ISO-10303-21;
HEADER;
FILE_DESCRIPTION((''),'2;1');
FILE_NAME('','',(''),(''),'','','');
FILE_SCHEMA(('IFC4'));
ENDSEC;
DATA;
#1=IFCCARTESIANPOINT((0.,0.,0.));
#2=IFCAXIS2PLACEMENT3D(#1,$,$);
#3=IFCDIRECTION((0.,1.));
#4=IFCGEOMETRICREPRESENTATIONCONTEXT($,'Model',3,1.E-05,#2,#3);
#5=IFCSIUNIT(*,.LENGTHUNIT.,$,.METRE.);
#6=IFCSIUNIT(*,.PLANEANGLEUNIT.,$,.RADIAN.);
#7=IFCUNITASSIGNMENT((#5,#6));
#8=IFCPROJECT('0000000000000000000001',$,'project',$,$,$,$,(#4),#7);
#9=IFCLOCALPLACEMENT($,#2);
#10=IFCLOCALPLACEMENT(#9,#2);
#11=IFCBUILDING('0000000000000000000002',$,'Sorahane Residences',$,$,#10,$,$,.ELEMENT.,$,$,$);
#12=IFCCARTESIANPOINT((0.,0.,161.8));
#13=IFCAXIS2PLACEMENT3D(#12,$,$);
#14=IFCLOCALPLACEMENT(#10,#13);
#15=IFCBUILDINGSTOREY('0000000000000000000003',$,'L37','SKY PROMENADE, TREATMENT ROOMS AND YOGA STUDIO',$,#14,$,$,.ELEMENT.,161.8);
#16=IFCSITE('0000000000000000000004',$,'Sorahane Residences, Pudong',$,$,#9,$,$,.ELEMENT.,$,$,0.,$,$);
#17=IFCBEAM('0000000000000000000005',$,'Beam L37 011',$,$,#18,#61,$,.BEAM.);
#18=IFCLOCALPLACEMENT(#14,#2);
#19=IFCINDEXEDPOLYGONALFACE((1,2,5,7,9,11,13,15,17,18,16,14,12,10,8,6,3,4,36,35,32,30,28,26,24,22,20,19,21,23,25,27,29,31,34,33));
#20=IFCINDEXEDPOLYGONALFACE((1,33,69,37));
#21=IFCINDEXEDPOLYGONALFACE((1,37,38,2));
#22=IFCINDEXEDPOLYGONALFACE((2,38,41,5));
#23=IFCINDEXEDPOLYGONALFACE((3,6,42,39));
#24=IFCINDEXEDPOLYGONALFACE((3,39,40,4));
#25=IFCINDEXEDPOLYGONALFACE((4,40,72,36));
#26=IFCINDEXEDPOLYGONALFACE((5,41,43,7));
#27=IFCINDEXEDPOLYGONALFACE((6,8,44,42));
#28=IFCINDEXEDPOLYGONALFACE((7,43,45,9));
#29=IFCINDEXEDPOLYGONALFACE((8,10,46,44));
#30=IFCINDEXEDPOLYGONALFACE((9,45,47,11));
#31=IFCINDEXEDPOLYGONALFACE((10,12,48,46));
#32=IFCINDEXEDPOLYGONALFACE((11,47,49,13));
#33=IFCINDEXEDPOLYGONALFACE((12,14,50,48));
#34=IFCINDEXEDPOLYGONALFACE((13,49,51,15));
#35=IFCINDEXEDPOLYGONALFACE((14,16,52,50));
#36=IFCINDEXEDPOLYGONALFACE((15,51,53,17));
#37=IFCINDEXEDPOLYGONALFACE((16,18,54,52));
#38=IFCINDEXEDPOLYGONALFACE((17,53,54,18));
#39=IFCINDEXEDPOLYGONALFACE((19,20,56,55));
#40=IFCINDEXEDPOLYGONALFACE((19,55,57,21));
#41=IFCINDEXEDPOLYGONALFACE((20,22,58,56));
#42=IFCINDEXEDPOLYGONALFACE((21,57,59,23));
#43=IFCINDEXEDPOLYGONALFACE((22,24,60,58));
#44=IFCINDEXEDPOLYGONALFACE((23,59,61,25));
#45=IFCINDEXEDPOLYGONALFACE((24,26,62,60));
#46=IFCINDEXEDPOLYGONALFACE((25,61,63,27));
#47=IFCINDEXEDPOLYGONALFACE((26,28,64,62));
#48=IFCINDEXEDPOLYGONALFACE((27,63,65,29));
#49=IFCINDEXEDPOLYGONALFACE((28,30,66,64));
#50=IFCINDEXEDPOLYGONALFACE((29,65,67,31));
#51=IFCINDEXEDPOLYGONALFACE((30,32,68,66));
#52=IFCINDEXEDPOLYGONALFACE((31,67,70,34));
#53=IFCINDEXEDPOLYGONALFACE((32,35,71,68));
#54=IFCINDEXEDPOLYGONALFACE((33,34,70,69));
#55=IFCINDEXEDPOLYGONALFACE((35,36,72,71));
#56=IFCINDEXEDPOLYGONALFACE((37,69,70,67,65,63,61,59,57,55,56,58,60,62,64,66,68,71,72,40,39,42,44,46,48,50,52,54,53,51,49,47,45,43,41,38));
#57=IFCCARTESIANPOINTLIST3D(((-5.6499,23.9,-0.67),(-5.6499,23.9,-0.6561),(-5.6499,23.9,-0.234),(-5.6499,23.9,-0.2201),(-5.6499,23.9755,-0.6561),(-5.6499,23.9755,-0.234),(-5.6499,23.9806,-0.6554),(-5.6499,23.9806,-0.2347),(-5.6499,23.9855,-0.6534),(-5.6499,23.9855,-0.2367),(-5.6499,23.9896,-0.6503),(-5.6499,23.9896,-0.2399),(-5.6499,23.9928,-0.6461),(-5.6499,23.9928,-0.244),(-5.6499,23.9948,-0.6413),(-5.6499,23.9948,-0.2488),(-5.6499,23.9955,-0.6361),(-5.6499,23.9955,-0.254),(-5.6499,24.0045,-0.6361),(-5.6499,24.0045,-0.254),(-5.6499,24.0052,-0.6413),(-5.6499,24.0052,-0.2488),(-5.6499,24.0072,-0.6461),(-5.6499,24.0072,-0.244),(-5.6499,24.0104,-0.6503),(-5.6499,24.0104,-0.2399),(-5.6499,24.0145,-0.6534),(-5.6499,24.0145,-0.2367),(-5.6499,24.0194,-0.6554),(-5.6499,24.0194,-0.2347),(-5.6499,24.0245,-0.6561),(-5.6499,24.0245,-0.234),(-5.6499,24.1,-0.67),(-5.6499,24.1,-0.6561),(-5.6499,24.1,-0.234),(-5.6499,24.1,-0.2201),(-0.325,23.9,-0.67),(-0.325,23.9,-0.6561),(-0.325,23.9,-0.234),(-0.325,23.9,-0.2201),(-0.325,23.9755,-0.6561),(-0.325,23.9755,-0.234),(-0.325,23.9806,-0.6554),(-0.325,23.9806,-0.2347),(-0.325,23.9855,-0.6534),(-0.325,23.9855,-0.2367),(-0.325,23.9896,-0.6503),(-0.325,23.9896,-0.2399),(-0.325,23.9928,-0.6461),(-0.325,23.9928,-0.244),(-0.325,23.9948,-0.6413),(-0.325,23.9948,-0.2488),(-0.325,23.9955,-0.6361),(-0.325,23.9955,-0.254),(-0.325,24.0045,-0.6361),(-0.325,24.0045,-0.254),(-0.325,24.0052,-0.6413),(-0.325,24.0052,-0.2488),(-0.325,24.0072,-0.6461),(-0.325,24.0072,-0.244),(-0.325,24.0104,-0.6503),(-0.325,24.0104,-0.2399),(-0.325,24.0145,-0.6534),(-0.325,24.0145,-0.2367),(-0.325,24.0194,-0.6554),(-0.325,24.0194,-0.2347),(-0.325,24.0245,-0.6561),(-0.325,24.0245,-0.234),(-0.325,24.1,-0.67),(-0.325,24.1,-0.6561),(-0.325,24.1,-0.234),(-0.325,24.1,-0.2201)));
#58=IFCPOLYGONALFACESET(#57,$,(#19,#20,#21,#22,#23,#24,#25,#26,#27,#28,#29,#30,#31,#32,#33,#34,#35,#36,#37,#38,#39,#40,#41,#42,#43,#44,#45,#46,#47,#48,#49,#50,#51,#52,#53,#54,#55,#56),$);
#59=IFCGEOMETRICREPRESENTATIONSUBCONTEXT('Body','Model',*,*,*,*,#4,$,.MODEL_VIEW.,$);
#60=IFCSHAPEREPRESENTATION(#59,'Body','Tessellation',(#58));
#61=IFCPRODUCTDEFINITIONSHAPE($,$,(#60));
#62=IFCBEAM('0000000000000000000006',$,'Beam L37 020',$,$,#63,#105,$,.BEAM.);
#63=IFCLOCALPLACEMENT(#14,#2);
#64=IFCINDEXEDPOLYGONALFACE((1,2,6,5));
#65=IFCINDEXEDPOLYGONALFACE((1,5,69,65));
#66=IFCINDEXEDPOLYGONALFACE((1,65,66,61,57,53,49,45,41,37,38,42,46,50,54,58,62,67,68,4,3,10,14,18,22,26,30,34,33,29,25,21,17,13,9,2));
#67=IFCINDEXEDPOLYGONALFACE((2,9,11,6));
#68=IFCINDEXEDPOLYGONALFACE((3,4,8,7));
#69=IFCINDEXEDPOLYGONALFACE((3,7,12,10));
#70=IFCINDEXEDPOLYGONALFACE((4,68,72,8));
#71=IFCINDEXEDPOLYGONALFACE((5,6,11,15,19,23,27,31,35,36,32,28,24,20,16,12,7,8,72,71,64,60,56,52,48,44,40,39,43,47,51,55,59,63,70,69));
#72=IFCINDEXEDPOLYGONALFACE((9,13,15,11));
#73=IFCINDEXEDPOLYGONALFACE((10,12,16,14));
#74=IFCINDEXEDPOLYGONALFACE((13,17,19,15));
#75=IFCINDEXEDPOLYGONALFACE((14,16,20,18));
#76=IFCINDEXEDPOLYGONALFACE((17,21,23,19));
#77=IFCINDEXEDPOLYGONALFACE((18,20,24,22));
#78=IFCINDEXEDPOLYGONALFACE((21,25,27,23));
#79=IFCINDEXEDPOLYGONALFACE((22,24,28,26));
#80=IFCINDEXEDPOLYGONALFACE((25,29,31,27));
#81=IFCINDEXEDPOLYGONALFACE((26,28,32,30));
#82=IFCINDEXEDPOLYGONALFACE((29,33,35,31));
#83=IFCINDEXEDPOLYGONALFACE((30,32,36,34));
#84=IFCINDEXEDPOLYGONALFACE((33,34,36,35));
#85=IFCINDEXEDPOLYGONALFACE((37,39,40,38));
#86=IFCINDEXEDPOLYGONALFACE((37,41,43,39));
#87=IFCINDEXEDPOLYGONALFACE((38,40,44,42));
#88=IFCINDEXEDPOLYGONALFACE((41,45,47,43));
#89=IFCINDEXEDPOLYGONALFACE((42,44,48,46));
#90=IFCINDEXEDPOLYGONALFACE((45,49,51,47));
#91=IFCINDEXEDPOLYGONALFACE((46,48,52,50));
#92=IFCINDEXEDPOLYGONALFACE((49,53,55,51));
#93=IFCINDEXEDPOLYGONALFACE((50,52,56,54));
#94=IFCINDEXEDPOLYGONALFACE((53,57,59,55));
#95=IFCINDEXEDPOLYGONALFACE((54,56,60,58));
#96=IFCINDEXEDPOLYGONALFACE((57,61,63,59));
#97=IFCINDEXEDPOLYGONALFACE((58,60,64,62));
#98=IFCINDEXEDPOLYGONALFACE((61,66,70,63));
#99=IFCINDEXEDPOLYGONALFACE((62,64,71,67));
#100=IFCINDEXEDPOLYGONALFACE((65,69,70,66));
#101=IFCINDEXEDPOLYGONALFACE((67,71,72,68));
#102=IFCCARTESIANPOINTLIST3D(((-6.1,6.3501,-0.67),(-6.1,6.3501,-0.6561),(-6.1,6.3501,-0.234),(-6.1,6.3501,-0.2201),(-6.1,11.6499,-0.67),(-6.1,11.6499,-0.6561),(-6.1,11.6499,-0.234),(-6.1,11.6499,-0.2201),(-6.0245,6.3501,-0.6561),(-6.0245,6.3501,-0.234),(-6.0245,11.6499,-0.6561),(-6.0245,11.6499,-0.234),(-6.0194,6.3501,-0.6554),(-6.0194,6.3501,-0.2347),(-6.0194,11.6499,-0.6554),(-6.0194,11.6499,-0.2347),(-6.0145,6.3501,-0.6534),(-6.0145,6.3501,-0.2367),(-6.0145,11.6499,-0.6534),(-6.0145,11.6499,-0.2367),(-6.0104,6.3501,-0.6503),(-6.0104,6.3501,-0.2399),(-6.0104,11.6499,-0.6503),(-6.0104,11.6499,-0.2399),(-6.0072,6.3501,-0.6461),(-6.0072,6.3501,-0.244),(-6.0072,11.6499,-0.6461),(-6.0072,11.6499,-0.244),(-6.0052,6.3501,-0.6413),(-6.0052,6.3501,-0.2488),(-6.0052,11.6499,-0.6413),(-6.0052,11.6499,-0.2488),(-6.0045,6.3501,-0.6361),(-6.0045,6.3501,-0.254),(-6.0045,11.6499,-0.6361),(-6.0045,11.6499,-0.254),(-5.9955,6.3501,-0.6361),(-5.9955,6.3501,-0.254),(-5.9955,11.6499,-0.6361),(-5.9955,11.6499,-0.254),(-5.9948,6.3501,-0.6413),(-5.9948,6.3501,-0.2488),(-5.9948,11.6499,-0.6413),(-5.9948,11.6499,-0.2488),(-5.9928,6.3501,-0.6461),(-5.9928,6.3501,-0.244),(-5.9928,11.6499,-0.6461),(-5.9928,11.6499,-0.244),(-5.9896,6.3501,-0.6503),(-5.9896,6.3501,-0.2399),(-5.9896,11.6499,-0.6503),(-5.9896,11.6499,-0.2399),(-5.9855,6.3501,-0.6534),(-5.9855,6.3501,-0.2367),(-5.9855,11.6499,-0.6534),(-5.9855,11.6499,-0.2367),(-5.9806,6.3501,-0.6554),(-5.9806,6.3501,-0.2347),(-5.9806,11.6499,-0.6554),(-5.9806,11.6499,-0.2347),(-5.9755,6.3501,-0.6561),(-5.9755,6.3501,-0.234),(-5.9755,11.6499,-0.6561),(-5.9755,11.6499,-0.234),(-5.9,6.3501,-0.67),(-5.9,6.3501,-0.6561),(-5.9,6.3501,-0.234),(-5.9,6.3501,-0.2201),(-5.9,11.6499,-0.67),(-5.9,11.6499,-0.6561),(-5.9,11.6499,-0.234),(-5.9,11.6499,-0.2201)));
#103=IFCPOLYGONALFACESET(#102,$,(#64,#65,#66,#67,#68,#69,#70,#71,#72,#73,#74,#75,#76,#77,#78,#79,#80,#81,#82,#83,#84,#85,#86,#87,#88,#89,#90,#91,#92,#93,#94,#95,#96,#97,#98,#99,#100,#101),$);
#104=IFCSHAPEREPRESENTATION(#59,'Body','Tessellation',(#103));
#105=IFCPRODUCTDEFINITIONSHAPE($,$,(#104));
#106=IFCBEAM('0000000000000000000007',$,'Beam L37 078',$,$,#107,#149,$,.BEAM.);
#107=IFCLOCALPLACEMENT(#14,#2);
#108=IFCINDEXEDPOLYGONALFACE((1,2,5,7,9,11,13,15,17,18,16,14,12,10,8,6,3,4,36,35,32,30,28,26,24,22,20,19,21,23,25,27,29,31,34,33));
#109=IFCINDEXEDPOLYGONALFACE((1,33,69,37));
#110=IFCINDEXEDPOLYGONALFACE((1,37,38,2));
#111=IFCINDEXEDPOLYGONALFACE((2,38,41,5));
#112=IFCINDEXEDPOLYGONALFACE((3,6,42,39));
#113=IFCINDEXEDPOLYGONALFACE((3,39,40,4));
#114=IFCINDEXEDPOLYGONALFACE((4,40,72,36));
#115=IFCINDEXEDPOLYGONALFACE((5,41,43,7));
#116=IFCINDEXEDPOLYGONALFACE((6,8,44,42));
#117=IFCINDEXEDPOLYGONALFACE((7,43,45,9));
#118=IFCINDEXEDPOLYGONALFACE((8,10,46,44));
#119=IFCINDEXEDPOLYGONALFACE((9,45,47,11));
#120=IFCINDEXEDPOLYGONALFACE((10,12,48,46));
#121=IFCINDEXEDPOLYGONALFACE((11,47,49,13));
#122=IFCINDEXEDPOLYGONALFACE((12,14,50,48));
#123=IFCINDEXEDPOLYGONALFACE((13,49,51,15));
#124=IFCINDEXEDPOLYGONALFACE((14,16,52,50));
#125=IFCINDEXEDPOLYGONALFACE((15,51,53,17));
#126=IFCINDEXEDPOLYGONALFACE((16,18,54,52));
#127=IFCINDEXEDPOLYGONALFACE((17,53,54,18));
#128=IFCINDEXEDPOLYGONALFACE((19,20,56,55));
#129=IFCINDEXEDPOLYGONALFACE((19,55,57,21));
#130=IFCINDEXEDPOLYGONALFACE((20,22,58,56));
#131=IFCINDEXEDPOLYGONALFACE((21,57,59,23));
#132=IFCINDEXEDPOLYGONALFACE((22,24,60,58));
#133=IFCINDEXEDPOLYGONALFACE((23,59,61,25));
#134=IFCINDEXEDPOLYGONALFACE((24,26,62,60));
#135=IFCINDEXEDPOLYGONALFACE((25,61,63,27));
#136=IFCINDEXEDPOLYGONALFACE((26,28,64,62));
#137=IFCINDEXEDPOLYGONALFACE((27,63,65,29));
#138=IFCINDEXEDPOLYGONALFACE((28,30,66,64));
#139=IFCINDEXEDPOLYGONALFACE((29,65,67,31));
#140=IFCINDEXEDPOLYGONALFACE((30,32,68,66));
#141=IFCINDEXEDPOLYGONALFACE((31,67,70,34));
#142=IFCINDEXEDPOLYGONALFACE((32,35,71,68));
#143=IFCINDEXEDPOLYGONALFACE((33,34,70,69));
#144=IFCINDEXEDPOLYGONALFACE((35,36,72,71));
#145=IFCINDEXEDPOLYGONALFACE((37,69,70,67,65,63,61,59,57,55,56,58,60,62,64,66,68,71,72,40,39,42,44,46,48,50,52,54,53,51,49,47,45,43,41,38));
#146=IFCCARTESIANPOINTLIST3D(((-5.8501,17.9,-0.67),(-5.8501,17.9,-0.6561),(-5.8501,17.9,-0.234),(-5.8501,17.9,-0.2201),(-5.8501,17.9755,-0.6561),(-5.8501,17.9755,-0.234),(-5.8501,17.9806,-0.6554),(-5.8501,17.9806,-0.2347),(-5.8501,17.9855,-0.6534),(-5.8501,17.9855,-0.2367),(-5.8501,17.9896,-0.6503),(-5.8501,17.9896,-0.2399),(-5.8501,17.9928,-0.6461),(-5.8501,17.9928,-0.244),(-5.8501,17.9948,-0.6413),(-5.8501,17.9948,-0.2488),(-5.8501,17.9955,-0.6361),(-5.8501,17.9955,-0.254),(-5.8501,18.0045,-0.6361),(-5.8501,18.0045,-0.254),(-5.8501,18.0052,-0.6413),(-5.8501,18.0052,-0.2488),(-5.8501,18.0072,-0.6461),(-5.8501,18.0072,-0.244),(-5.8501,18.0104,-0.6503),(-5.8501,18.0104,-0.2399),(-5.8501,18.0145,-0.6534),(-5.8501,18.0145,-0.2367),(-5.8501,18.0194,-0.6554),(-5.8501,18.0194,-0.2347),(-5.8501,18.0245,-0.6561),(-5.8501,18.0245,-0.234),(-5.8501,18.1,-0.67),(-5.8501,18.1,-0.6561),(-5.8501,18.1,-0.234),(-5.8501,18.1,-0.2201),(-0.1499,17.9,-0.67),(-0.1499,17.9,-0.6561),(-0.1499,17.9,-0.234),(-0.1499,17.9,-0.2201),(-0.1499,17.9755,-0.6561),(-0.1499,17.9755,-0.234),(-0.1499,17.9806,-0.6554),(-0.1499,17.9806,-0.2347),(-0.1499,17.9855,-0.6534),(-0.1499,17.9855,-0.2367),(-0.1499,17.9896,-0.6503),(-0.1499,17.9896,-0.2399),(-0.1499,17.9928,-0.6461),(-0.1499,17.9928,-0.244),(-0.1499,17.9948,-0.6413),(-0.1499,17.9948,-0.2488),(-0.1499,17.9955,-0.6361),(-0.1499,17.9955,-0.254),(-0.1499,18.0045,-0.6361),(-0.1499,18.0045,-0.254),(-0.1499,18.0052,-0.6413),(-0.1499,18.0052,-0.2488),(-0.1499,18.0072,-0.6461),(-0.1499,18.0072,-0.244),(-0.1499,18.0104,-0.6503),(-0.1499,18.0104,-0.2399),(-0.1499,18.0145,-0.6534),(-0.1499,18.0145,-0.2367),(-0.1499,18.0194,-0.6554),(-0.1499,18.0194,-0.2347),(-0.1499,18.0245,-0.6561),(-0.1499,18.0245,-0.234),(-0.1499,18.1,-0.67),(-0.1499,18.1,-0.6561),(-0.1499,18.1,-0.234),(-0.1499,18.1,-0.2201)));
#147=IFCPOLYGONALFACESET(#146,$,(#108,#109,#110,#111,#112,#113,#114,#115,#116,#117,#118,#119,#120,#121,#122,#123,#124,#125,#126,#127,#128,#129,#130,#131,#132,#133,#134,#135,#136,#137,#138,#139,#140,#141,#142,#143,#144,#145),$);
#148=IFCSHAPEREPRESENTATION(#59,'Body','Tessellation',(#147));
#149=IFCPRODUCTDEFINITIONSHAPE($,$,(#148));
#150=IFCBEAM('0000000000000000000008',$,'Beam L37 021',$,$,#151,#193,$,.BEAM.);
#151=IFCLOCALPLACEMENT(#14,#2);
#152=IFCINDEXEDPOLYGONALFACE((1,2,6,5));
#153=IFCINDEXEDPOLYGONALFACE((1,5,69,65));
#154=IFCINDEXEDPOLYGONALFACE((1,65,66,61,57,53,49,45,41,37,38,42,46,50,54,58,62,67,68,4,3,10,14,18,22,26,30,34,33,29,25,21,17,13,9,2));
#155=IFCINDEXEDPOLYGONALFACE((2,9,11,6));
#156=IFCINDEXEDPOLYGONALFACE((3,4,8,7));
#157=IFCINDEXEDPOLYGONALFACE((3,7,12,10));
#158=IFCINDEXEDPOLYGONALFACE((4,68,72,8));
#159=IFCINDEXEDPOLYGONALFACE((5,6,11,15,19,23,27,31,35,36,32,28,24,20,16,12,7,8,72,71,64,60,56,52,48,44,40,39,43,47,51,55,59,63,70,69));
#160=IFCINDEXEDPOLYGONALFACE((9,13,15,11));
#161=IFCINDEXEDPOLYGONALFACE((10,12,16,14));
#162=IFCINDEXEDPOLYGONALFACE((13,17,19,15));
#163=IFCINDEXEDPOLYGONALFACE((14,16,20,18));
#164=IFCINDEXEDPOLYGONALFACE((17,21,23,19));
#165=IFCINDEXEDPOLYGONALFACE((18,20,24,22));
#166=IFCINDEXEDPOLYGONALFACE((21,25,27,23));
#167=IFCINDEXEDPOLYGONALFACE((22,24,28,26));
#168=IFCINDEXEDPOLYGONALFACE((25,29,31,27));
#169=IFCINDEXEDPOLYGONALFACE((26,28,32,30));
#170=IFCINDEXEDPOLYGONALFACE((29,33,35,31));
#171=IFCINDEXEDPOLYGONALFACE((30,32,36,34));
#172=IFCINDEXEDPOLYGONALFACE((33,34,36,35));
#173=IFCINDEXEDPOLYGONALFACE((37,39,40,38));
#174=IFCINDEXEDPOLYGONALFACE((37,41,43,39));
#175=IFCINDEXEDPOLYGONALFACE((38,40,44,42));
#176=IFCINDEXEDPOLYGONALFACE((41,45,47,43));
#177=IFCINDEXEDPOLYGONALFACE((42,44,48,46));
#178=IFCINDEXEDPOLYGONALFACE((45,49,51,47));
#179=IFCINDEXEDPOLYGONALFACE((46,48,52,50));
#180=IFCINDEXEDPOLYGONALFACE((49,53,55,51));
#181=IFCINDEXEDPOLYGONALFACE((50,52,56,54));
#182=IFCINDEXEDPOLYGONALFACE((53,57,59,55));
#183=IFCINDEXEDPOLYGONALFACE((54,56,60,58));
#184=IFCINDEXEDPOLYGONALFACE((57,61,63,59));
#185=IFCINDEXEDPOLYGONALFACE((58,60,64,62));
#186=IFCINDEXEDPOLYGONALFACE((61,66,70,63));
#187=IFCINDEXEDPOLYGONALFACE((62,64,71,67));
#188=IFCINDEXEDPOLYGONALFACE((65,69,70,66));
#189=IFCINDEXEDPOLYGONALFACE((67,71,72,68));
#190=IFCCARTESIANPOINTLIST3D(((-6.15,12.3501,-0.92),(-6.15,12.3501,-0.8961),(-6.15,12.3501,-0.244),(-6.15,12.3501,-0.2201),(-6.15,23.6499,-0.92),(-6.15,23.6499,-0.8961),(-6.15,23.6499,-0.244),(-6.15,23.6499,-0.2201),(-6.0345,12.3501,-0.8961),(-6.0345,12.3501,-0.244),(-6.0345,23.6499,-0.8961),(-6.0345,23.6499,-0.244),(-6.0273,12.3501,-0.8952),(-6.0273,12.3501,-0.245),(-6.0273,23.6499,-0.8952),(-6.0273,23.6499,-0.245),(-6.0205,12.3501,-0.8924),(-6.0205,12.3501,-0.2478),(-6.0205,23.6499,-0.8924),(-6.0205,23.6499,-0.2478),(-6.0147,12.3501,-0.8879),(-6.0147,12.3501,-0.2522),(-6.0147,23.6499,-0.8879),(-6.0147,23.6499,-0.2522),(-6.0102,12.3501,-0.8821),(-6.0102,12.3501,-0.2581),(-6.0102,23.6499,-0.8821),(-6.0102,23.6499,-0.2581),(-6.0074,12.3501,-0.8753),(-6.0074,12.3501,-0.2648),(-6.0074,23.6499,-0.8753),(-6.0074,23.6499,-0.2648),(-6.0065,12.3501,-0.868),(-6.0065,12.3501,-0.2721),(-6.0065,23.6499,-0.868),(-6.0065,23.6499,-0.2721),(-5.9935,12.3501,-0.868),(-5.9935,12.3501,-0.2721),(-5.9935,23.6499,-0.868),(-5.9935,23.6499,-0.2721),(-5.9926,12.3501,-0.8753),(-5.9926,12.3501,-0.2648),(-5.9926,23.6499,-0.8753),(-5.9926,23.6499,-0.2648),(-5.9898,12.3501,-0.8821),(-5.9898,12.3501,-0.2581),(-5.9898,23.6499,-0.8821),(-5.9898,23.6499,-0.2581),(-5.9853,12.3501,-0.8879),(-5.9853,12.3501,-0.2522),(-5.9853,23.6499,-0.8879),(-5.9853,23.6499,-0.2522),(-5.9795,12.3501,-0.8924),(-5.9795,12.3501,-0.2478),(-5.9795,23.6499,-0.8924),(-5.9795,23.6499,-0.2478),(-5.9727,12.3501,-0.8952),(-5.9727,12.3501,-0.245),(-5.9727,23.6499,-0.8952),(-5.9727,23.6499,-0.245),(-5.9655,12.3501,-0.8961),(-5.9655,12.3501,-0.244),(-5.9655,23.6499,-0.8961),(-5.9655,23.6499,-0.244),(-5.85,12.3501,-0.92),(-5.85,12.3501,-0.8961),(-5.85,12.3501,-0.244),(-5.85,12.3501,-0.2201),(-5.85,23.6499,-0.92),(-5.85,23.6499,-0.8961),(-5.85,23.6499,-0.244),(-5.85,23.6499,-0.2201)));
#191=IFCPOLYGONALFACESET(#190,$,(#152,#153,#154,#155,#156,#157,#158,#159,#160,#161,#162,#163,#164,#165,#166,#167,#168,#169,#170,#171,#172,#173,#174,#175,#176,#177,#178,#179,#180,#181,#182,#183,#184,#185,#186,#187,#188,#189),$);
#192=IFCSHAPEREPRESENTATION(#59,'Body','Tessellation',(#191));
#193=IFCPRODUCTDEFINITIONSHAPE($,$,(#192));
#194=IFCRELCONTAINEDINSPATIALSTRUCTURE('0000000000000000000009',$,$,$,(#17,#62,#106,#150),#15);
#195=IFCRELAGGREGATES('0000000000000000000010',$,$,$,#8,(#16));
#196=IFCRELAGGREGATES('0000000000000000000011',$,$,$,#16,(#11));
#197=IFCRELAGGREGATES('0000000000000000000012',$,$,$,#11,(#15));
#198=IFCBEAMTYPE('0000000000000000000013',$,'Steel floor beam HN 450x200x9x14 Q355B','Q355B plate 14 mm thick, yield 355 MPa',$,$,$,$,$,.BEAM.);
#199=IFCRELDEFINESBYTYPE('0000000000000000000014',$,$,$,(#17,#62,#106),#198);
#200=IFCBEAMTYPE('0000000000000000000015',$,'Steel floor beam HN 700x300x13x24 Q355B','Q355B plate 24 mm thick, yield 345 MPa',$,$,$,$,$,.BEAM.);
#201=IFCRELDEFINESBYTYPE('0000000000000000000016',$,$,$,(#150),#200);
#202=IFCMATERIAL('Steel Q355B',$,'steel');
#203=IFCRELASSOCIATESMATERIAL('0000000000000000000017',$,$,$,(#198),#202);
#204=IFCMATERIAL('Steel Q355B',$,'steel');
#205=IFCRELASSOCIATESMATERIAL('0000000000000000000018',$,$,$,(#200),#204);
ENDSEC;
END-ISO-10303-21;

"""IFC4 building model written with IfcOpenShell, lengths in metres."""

from ifc_helpers import new_model, si_unit, direction, frame, origin, origin_2d, place, context, subcontext, project, spatial, i_section, extrude, material, material_profile, profile_set, type_object, element, save


model = new_model("IFC4")

# Units and contexts
model_context = context("Model", 3, precision=1e-05, world=origin(), true_north=direction((0.0, 1.0)))
body_context = subcontext(model_context, "Body", "Model", "MODEL_VIEW")
ifc_project = project(units=[si_unit("LENGTHUNIT", "METRE"), si_unit("PLANEANGLEUNIT", "RADIAN")], contexts=[model_context])

# Site, building, storey
site_placement = place(None, origin())
site = spatial("IfcSite", under=ifc_project, at=site_placement, Name="Sorahane Residences, Pudong", CompositionType="ELEMENT", RefElevation=0.0)
building_placement = place(site_placement, origin())
building = spatial("IfcBuilding", under=site, at=building_placement, Name="Sorahane Residences", CompositionType="ELEMENT")
storey_placement = place(building_placement, frame((0.0, 0.0, 161.8)))
storey = spatial("IfcBuildingStorey", under=building, at=storey_placement, Name="L37", Description="SKY PROMENADE, TREATMENT ROOMS AND YOGA STUDIO", CompositionType="ELEMENT", Elevation=161.8)

# Beams
ifc_material_1 = material(Name="Steel Q355B", Category="steel")
ifc_material_profile_1 = material_profile(ifc_material_1, i_section(OverallWidth=0.2, OverallDepth=0.45, WebThickness=0.009, FlangeThickness=0.0139, FilletRadius=0.02, at=origin_2d()), Name="HN 450x200x9x14")
ifc_profile_set_1 = profile_set([ifc_material_profile_1], Name="Steel Q355B")
beam_type_1 = type_object("IfcBeamType", Name="Steel floor beam HN 450x200x9x14 Q355B", Description="Q355B plate 14 mm thick, yield 355 MPa", PredefinedType="BEAM", material=ifc_profile_set_1)
for number, where, z_axis, x_axis, name in (
    (1, (-5.6499, 24.0, -0.4451), (1.0, 0.0, 0.0), (0.0, 1.0, 0.0), "Beam L37 011"),
):
    element("IfcBeam", number, at=place(storey_placement, frame(where, z_axis=z_axis, x_axis=x_axis)), inside=storey, type_object=beam_type_1, Name=name, PredefinedType="BEAM", context=body_context, shape_type="SweptSolid", body=[
        extrude(i_section(OverallWidth=0.2, OverallDepth=0.45, WebThickness=0.009, FlangeThickness=0.0139, FilletRadius=0.02, at=origin_2d()), origin(), (0.0, 0.0, 1.0), 5.325),
    ])
beam_1_placement = place(storey_placement, frame((-6.0, 6.3501, -0.4451), z_axis=(0.0, 1.0, 0.0), x_axis=(-1.0, 0.0, 0.0)))
element("IfcBeam", 2, at=beam_1_placement, inside=storey, type_object=beam_type_1, Name="Beam L37 020", PredefinedType="BEAM", context=body_context, shape_type="SweptSolid", body=[
    extrude(i_section(OverallWidth=0.2, OverallDepth=0.45, WebThickness=0.009, FlangeThickness=0.0139, FilletRadius=0.02, at=origin_2d()), origin(), (0.0, 0.0, 1.0), 5.2998),
])
beam_2_placement = place(storey_placement, frame((-5.8501, 18.0, -0.4451), z_axis=(1.0, 0.0, 0.0), x_axis=(0.0, 1.0, 0.0)))
element("IfcBeam", 3, at=beam_2_placement, inside=storey, type_object=beam_type_1, Name="Beam L37 078", PredefinedType="BEAM", context=body_context, shape_type="SweptSolid", body=[
    extrude(i_section(OverallWidth=0.2, OverallDepth=0.45, WebThickness=0.009, FlangeThickness=0.0139, FilletRadius=0.02, at=origin_2d()), origin(), (0.0, 0.0, 1.0), 5.7002),
])
ifc_material_2 = material(Name="Steel Q355B", Category="steel")
ifc_material_profile_2 = material_profile(ifc_material_2, i_section(OverallWidth=0.3, OverallDepth=0.7, WebThickness=0.0129, FlangeThickness=0.0239, FilletRadius=0.0281, at=origin_2d()), Name="HN 700x300x13x24")
ifc_profile_set_2 = profile_set([ifc_material_profile_2], Name="Steel Q355B")
beam_type_2 = type_object("IfcBeamType", Name="Steel floor beam HN 700x300x13x24 Q355B", Description="Q355B plate 24 mm thick, yield 345 MPa", PredefinedType="BEAM", material=ifc_profile_set_2)
for number, where, z_axis, x_axis, name in (
    (4, (-6.0, 12.3501, -0.5701), (0.0, 1.0, 0.0), (-1.0, 0.0, 0.0), "Beam L37 021"),
):
    element("IfcBeam", number, at=place(storey_placement, frame(where, z_axis=z_axis, x_axis=x_axis)), inside=storey, type_object=beam_type_2, Name=name, PredefinedType="BEAM", context=body_context, shape_type="SweptSolid", body=[
        extrude(i_section(OverallWidth=0.3, OverallDepth=0.7, WebThickness=0.0129, FlangeThickness=0.0239, FilletRadius=0.0281, at=origin_2d()), origin(), (0.0, 0.0, 1.0), 11.2998),
    ])

save(model, "model.ifc")
